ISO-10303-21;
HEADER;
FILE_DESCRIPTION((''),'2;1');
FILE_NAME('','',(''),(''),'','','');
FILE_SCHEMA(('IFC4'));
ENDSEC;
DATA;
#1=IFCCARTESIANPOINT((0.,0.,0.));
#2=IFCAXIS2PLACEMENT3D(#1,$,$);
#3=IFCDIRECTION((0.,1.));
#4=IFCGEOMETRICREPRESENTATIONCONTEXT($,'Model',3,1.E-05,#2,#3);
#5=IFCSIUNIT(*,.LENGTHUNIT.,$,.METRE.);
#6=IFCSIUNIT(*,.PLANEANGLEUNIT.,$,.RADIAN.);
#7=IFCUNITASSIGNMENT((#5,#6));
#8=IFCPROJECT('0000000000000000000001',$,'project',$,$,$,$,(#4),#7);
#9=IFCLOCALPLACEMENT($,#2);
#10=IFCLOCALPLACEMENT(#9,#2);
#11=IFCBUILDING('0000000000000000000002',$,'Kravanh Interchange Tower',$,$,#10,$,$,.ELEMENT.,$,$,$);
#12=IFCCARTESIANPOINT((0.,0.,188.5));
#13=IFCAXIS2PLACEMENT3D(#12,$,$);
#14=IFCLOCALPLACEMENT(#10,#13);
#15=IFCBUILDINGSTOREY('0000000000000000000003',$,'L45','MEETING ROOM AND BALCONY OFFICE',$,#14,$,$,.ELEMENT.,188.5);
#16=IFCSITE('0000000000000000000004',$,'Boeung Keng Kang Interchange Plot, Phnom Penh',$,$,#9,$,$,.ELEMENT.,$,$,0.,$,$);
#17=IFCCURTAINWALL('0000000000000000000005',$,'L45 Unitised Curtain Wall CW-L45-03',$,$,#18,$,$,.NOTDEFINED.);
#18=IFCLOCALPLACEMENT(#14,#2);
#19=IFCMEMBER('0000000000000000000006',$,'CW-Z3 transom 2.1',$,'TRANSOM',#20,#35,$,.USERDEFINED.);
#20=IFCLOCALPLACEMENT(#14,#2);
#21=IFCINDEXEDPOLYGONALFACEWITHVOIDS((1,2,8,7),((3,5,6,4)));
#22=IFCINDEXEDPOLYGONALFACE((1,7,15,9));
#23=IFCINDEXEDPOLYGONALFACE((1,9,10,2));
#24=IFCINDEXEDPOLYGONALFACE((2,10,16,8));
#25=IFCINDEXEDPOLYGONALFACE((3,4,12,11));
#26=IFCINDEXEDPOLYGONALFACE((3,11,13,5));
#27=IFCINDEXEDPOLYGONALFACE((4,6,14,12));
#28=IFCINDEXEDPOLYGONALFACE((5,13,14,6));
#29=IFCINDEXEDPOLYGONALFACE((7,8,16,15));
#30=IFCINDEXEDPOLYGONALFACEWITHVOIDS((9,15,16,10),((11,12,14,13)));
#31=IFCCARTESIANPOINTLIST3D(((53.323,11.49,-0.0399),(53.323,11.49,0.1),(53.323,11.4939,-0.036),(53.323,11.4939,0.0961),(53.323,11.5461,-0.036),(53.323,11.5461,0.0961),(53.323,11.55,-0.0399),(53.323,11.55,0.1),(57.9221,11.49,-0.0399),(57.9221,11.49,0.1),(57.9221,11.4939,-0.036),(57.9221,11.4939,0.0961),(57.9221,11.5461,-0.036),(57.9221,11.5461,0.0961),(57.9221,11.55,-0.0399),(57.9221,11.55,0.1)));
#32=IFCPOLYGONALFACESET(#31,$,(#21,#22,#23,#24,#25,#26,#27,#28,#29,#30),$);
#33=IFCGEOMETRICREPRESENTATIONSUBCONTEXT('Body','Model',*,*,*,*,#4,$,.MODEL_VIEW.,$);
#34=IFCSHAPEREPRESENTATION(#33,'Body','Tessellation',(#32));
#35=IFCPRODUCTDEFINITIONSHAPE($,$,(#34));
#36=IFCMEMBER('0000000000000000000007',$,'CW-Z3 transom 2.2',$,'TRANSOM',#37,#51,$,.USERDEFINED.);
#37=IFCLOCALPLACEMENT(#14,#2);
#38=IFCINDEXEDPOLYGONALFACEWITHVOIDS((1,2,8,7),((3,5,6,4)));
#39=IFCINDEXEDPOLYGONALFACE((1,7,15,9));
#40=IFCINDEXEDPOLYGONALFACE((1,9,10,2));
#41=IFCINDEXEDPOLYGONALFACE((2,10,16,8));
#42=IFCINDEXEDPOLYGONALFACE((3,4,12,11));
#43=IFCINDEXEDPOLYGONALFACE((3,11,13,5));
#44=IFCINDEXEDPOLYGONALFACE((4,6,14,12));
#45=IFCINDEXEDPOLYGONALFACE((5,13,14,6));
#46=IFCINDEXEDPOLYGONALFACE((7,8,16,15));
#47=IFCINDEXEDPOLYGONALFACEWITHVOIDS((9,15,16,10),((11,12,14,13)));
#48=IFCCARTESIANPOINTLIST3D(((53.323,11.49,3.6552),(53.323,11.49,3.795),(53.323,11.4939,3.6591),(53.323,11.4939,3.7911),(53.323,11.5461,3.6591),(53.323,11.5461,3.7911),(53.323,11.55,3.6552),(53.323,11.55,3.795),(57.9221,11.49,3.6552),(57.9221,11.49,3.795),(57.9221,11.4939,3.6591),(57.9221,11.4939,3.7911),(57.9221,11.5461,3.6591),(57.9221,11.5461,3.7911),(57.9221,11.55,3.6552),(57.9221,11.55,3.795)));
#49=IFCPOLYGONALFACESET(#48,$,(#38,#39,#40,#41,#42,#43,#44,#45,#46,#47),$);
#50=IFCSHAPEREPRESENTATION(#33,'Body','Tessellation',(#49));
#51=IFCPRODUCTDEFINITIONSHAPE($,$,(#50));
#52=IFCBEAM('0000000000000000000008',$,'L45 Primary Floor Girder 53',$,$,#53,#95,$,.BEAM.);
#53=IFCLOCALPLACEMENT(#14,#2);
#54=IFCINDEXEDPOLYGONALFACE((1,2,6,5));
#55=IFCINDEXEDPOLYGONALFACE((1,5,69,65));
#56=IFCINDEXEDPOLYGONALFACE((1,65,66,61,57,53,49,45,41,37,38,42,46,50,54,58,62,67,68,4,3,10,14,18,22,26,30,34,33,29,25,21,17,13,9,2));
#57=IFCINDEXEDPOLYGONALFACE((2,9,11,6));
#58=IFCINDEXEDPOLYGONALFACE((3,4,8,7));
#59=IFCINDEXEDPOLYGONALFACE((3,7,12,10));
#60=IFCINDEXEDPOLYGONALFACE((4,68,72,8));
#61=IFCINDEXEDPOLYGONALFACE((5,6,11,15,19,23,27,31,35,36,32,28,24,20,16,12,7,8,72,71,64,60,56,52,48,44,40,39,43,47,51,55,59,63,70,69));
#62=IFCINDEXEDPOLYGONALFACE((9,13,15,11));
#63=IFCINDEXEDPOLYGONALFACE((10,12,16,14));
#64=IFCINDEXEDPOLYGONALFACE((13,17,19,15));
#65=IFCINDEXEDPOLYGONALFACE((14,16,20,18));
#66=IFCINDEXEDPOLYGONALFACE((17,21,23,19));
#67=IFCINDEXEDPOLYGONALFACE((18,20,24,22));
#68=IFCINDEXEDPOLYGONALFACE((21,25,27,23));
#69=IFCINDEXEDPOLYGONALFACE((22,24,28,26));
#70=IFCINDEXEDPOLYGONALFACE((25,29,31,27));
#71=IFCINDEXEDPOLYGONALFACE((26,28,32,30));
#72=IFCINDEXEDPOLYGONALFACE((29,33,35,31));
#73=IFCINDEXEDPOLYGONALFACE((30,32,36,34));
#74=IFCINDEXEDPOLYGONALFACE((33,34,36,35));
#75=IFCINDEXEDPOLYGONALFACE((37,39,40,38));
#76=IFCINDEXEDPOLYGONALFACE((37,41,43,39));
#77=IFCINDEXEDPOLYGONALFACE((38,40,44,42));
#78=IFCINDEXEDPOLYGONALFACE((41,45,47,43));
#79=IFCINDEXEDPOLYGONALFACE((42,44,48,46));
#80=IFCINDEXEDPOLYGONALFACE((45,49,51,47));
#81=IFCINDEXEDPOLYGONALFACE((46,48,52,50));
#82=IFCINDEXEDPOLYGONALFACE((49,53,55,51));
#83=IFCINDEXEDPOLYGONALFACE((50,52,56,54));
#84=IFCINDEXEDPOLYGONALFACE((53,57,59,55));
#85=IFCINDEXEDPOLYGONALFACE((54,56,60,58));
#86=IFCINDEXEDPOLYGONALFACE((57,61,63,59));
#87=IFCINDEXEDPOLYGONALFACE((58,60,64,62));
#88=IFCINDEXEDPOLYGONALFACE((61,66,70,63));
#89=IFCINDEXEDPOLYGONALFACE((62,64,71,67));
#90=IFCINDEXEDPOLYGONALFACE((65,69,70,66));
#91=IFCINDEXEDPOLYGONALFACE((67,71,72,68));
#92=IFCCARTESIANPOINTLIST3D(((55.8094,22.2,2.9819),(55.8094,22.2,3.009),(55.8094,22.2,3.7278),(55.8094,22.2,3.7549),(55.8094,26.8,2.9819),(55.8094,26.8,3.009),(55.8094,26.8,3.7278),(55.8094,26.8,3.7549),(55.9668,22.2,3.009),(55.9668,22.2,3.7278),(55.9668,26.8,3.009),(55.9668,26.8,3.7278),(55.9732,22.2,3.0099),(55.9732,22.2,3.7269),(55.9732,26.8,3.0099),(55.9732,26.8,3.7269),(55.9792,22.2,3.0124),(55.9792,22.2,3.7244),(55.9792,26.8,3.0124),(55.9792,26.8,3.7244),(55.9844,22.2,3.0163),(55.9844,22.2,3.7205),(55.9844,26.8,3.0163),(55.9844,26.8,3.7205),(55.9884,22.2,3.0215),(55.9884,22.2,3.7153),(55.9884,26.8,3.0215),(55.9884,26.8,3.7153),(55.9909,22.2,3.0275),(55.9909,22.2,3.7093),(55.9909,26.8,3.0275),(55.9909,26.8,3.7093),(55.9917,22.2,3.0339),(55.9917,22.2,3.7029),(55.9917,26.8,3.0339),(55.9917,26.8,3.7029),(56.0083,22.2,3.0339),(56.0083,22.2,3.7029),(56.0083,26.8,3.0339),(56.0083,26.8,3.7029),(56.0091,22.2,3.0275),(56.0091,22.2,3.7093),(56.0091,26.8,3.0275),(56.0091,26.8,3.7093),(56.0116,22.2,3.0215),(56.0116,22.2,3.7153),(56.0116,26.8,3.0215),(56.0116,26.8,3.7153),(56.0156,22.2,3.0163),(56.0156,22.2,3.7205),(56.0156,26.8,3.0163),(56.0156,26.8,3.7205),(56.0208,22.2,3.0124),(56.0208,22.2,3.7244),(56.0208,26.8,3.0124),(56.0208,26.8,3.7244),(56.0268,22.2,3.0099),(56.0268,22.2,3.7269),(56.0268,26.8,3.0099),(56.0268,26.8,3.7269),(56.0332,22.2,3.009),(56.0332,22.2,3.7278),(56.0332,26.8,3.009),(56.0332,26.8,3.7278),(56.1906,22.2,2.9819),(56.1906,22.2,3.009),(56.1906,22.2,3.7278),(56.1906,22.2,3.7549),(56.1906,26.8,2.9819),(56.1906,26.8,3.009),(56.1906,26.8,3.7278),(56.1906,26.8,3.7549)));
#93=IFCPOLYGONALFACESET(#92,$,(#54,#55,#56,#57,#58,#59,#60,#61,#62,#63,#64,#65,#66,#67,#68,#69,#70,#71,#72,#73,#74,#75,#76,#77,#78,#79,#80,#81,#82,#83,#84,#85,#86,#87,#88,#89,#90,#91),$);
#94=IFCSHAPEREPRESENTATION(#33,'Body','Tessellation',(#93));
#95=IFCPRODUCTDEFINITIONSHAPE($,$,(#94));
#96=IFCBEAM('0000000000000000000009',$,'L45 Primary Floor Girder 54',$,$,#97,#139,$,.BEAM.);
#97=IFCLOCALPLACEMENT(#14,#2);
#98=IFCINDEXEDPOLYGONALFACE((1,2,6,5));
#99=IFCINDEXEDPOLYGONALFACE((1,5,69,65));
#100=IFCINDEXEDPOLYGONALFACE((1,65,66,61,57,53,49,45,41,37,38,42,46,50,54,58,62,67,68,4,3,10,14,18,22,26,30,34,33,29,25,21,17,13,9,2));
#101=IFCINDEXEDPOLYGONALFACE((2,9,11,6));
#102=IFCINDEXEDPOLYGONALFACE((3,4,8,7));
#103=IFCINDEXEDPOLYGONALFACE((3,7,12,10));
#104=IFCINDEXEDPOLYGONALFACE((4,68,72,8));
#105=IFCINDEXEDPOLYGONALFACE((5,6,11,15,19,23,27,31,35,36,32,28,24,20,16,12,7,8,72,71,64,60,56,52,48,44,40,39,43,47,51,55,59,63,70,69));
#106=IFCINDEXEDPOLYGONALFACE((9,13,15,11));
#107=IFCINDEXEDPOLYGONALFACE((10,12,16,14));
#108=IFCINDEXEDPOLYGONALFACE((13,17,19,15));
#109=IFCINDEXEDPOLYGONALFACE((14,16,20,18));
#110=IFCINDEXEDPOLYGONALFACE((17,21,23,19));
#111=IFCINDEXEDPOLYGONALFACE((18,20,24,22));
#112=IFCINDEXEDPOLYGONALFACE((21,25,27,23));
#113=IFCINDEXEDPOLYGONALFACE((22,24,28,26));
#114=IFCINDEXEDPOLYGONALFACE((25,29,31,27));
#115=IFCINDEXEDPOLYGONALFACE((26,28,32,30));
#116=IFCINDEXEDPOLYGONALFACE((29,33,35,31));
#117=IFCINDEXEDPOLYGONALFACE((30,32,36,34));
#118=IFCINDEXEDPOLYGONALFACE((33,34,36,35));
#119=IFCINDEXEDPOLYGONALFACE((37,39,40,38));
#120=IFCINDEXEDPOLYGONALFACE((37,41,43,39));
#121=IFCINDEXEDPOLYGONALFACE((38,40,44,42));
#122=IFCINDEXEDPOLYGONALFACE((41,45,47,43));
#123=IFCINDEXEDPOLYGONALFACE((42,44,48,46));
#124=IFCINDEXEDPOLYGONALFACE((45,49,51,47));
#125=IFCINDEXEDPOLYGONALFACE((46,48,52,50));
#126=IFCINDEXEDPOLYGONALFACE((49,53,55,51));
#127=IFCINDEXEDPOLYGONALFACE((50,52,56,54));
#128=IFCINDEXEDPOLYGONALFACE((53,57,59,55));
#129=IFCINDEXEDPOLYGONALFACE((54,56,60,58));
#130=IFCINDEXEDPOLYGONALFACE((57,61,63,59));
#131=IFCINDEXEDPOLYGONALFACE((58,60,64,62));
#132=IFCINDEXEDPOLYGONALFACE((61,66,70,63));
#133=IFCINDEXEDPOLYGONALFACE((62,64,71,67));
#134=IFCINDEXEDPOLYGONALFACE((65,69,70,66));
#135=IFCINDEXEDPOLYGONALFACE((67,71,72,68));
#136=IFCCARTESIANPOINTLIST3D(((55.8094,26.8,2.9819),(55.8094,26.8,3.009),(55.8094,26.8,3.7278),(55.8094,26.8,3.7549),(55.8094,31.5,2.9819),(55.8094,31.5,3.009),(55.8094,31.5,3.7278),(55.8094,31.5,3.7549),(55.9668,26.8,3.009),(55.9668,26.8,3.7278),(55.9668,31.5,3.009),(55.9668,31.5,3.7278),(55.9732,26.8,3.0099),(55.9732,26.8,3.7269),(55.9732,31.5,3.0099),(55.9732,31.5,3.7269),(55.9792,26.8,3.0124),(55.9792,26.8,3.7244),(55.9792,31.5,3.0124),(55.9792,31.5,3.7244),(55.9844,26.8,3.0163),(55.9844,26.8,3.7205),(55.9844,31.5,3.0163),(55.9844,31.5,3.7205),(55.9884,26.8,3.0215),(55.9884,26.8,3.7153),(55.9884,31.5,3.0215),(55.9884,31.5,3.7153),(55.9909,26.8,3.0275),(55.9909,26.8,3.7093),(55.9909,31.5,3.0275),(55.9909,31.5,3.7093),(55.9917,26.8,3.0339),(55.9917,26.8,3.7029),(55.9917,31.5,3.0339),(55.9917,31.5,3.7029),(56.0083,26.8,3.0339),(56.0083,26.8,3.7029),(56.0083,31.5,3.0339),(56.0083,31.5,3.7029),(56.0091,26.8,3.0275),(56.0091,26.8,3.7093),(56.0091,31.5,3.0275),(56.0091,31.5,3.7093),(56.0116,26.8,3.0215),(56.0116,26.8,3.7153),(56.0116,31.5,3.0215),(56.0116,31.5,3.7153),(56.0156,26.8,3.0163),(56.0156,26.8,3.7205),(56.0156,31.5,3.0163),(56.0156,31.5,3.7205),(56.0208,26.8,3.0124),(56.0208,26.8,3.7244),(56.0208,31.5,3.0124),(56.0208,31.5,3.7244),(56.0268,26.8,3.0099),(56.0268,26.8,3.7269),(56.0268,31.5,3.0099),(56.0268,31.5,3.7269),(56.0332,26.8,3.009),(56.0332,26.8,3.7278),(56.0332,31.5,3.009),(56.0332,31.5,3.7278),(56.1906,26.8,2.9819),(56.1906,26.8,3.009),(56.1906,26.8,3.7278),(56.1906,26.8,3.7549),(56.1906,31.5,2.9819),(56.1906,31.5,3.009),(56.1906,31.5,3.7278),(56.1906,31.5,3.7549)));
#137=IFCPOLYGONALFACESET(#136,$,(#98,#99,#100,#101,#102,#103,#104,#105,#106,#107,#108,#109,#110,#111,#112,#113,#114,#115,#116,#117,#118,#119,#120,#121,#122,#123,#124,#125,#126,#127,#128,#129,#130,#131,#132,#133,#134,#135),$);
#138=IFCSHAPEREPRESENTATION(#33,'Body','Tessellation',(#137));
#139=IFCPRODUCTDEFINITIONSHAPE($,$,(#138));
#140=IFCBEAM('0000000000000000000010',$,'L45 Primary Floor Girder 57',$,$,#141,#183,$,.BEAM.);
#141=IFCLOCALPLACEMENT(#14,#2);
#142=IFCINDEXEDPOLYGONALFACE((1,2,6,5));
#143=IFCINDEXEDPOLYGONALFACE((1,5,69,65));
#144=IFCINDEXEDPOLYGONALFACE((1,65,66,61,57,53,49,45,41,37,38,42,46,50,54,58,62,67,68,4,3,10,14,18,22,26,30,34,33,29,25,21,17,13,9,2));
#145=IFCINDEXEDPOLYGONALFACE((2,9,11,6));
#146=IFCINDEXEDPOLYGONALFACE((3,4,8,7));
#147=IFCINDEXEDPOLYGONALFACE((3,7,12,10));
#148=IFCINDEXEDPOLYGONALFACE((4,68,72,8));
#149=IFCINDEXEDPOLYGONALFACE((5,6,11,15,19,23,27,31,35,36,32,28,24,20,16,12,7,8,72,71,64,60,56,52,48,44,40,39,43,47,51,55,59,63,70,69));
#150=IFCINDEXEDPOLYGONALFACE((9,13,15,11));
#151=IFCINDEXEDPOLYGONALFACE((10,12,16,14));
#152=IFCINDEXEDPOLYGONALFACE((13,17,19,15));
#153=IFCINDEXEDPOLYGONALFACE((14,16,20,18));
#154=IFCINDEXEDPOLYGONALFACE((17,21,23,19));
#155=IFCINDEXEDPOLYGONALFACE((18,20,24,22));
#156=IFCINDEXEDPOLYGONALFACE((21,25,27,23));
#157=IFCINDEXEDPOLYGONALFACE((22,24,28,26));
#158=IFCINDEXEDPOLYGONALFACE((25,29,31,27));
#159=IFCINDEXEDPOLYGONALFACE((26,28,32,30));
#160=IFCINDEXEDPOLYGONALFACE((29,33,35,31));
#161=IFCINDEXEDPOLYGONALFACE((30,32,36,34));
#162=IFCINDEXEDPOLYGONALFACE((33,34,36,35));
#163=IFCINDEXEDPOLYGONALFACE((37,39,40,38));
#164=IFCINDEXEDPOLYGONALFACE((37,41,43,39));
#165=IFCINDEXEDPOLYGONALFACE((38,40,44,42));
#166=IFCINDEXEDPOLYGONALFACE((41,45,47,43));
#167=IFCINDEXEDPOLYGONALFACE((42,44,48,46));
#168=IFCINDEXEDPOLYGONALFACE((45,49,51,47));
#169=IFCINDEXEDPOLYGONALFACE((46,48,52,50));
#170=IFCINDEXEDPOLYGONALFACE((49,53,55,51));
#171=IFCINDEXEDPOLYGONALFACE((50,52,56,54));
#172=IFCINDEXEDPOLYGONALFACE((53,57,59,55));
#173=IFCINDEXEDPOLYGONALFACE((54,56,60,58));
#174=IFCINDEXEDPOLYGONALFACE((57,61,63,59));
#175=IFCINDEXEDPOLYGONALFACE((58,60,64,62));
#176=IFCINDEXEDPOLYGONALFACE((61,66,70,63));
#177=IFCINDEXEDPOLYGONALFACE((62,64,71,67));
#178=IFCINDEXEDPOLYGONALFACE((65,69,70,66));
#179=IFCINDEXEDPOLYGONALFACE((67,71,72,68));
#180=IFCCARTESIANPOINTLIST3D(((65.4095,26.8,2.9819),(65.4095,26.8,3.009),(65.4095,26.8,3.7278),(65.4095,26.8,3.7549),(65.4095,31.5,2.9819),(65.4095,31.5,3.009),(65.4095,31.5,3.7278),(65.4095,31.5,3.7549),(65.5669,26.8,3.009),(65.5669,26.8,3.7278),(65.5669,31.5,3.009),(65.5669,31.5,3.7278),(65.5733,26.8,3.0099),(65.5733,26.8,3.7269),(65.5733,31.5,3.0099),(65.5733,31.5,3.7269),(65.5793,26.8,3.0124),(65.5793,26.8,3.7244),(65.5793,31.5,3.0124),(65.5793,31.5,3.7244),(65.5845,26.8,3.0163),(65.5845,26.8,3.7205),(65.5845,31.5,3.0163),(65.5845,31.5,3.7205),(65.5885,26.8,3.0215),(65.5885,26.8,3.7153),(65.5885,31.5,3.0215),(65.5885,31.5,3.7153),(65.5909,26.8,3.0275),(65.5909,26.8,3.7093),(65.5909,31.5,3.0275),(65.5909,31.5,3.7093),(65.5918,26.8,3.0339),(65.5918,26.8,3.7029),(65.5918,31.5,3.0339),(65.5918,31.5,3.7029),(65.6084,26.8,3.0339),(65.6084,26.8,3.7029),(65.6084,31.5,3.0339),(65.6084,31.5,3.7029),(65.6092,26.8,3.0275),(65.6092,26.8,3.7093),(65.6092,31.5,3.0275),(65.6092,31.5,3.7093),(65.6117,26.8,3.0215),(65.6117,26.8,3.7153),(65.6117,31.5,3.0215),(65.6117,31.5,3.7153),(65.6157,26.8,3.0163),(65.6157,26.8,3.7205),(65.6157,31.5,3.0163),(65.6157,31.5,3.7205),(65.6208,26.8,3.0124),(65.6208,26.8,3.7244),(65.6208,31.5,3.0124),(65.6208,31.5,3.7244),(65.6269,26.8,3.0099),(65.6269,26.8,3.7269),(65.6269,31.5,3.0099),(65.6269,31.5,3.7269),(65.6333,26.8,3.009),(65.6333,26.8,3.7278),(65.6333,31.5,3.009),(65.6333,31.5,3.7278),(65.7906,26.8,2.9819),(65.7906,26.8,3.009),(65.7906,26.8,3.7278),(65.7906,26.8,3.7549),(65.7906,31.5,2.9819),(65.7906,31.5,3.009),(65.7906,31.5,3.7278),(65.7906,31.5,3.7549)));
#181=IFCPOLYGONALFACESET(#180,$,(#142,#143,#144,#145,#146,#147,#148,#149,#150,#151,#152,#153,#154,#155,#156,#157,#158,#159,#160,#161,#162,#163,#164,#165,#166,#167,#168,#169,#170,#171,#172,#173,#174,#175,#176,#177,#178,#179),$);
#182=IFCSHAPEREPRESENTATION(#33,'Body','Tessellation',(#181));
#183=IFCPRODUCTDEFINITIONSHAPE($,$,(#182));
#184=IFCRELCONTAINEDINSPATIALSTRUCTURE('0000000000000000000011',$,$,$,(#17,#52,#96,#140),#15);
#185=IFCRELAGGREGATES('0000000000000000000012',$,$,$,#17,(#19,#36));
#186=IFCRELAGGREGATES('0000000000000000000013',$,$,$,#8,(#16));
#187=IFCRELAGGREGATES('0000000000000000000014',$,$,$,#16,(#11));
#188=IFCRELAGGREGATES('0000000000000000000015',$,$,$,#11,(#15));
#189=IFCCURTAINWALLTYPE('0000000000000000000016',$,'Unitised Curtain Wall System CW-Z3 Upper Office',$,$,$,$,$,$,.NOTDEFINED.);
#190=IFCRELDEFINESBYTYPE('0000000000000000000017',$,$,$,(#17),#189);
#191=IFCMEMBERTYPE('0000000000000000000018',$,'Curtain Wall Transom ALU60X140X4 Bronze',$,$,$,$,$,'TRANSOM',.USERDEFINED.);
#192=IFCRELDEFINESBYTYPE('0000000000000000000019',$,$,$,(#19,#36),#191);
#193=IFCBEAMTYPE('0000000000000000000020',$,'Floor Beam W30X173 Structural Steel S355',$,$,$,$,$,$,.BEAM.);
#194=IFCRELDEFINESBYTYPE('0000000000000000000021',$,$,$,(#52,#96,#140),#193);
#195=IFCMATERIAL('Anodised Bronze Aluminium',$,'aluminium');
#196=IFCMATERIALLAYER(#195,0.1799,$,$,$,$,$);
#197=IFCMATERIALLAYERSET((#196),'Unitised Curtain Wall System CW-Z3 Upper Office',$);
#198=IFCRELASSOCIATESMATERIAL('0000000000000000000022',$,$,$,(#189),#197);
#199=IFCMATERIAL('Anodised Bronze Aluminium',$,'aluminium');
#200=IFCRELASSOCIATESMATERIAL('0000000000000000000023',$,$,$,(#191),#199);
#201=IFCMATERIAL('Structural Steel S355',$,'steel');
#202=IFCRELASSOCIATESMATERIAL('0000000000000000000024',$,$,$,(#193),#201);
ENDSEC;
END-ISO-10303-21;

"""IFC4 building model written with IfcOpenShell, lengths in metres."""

from ifc_helpers import new_model, si_unit, direction, frame, origin, origin_2d, place, context, subcontext, project, spatial, hollow_rectangle, i_section, extrude, material, layer, layer_set, material_profile, profile_set, type_object, element, aggregate, save


model = new_model("IFC4")

# Units and contexts
model_context = context("Model", 3, precision=1e-05, world=origin(), true_north=direction((0.0, 1.0)))
body_context = subcontext(model_context, "Body", "Model", "MODEL_VIEW")
ifc_project = project(units=[si_unit("LENGTHUNIT", "METRE"), si_unit("PLANEANGLEUNIT", "RADIAN")], contexts=[model_context])

# Site, building, storey
site_placement = place(None, origin())
site = spatial("IfcSite", under=ifc_project, at=site_placement, Name="Boeung Keng Kang Interchange Plot, Phnom Penh", CompositionType="ELEMENT", RefElevation=0.0)
building_placement = place(site_placement, origin())
building = spatial("IfcBuilding", under=site, at=building_placement, Name="Kravanh Interchange Tower", CompositionType="ELEMENT")
storey_placement = place(building_placement, frame((0.0, 0.0, 188.5)))
storey = spatial("IfcBuildingStorey", under=building, at=storey_placement, Name="L45", Description="MEETING ROOM AND BALCONY OFFICE", CompositionType="ELEMENT", Elevation=188.5)

# Curtain wall
ifc_material_1 = material(Name="Anodised Bronze Aluminium", Category="aluminium")
ifc_layer_1 = layer(ifc_material_1, 0.1799)
ifc_layer_set_1 = layer_set([ifc_layer_1], Name="Unitised Curtain Wall System CW-Z3 Upper Office")
curtain_wall_type = type_object("IfcCurtainWallType", Name="Unitised Curtain Wall System CW-Z3 Upper Office", PredefinedType="NOTDEFINED", material=ifc_layer_set_1)
curtain_wall_1_placement = place(storey_placement, origin())
curtain_wall_1 = element("IfcCurtainWall", 1, at=curtain_wall_1_placement, inside=storey, type_object=curtain_wall_type, Name="L45 Unitised Curtain Wall CW-L45-03", PredefinedType="NOTDEFINED")

# Members
ifc_material_2 = material(Name="Anodised Bronze Aluminium", Category="aluminium")
ifc_material_profile_1 = material_profile(ifc_material_2, hollow_rectangle(XDim=0.0601, YDim=0.1399, WallThickness=0.0039, at=origin_2d()), Name="ALU60X140X4")
ifc_profile_set_1 = profile_set([ifc_material_profile_1], Name="Anodised Bronze Aluminium")
member_type_1 = type_object("IfcMemberType", Name="Curtain Wall Transom ALU60X140X4 Bronze", ElementType="TRANSOM", PredefinedType="USERDEFINED", material=ifc_profile_set_1)
member_1_placement = place(storey_placement, frame((57.9221, 11.52, 0.03), z_axis=(-1.0, 0.0, 0.0), x_axis=(0.0, -1.0, 0.0)))
member_1 = element("IfcMember", 2, at=member_1_placement, type_object=member_type_1, Name="CW-Z3 transom 2.1", ObjectType="TRANSOM", PredefinedType="USERDEFINED", context=body_context, shape_type="SweptSolid", body=[
    extrude(hollow_rectangle(XDim=0.0601, YDim=0.1399, WallThickness=0.0039, at=origin_2d()), origin(), (0.0, 0.0, 1.0), 4.5991),
])
member_2_placement = place(storey_placement, frame((57.9221, 11.52, 3.7251), z_axis=(-1.0, 0.0, 0.0), x_axis=(0.0, -1.0, 0.0)))
member_2 = element("IfcMember", 3, at=member_2_placement, type_object=member_type_1, Name="CW-Z3 transom 2.2", ObjectType="TRANSOM", PredefinedType="USERDEFINED", context=body_context, shape_type="SweptSolid", body=[
    extrude(hollow_rectangle(XDim=0.0601, YDim=0.1399, WallThickness=0.0039, at=origin_2d()), origin(), (0.0, 0.0, 1.0), 4.5991),
])

# Beams
ifc_material_3 = material(Name="Structural Steel S355", Category="steel")
ifc_material_profile_2 = material_profile(ifc_material_3, i_section(OverallWidth=0.3811, OverallDepth=0.7729, WebThickness=0.0166, FlangeThickness=0.0271, FilletRadius=0.0249, at=origin_2d()), Name="W30X173")
ifc_profile_set_2 = profile_set([ifc_material_profile_2], Name="Structural Steel S355")
beam_type_1 = type_object("IfcBeamType", Name="Floor Beam W30X173 Structural Steel S355", PredefinedType="BEAM", material=ifc_profile_set_2)
beam_1_placement = place(storey_placement, frame((56.0, 26.8, 3.3684), z_axis=(0.0, -1.0, 0.0), x_axis=(1.0, 0.0, 0.0)))
element("IfcBeam", 4, at=beam_1_placement, inside=storey, type_object=beam_type_1, Name="L45 Primary Floor Girder 53", PredefinedType="BEAM", context=body_context, shape_type="SweptSolid", body=[
    extrude(i_section(OverallWidth=0.3811, OverallDepth=0.7729, WebThickness=0.0166, FlangeThickness=0.0271, FilletRadius=0.0249, at=origin_2d()), origin(), (0.0, 0.0, 1.0), 4.6001),
])
for number, where, z_axis, x_axis, name in (
    (5, (56.0, 26.8, 3.3684), (0.0, 1.0, 0.0), (-1.0, 0.0, 0.0), "L45 Primary Floor Girder 54"),
    (6, (65.6001, 26.8, 3.3684), (0.0, 1.0, 0.0), (-1.0, 0.0, 0.0), "L45 Primary Floor Girder 57"),
):
    element("IfcBeam", number, at=place(storey_placement, frame(where, z_axis=z_axis, x_axis=x_axis)), inside=storey, type_object=beam_type_1, Name=name, PredefinedType="BEAM", context=body_context, shape_type="SweptSolid", body=[
        extrude(i_section(OverallWidth=0.3811, OverallDepth=0.7729, WebThickness=0.0166, FlangeThickness=0.0271, FilletRadius=0.0249, at=origin_2d()), origin(), (0.0, 0.0, 1.0), 4.7),
    ])

aggregate(curtain_wall_1, [member_1, member_2])

save(model, "model.ifc")
